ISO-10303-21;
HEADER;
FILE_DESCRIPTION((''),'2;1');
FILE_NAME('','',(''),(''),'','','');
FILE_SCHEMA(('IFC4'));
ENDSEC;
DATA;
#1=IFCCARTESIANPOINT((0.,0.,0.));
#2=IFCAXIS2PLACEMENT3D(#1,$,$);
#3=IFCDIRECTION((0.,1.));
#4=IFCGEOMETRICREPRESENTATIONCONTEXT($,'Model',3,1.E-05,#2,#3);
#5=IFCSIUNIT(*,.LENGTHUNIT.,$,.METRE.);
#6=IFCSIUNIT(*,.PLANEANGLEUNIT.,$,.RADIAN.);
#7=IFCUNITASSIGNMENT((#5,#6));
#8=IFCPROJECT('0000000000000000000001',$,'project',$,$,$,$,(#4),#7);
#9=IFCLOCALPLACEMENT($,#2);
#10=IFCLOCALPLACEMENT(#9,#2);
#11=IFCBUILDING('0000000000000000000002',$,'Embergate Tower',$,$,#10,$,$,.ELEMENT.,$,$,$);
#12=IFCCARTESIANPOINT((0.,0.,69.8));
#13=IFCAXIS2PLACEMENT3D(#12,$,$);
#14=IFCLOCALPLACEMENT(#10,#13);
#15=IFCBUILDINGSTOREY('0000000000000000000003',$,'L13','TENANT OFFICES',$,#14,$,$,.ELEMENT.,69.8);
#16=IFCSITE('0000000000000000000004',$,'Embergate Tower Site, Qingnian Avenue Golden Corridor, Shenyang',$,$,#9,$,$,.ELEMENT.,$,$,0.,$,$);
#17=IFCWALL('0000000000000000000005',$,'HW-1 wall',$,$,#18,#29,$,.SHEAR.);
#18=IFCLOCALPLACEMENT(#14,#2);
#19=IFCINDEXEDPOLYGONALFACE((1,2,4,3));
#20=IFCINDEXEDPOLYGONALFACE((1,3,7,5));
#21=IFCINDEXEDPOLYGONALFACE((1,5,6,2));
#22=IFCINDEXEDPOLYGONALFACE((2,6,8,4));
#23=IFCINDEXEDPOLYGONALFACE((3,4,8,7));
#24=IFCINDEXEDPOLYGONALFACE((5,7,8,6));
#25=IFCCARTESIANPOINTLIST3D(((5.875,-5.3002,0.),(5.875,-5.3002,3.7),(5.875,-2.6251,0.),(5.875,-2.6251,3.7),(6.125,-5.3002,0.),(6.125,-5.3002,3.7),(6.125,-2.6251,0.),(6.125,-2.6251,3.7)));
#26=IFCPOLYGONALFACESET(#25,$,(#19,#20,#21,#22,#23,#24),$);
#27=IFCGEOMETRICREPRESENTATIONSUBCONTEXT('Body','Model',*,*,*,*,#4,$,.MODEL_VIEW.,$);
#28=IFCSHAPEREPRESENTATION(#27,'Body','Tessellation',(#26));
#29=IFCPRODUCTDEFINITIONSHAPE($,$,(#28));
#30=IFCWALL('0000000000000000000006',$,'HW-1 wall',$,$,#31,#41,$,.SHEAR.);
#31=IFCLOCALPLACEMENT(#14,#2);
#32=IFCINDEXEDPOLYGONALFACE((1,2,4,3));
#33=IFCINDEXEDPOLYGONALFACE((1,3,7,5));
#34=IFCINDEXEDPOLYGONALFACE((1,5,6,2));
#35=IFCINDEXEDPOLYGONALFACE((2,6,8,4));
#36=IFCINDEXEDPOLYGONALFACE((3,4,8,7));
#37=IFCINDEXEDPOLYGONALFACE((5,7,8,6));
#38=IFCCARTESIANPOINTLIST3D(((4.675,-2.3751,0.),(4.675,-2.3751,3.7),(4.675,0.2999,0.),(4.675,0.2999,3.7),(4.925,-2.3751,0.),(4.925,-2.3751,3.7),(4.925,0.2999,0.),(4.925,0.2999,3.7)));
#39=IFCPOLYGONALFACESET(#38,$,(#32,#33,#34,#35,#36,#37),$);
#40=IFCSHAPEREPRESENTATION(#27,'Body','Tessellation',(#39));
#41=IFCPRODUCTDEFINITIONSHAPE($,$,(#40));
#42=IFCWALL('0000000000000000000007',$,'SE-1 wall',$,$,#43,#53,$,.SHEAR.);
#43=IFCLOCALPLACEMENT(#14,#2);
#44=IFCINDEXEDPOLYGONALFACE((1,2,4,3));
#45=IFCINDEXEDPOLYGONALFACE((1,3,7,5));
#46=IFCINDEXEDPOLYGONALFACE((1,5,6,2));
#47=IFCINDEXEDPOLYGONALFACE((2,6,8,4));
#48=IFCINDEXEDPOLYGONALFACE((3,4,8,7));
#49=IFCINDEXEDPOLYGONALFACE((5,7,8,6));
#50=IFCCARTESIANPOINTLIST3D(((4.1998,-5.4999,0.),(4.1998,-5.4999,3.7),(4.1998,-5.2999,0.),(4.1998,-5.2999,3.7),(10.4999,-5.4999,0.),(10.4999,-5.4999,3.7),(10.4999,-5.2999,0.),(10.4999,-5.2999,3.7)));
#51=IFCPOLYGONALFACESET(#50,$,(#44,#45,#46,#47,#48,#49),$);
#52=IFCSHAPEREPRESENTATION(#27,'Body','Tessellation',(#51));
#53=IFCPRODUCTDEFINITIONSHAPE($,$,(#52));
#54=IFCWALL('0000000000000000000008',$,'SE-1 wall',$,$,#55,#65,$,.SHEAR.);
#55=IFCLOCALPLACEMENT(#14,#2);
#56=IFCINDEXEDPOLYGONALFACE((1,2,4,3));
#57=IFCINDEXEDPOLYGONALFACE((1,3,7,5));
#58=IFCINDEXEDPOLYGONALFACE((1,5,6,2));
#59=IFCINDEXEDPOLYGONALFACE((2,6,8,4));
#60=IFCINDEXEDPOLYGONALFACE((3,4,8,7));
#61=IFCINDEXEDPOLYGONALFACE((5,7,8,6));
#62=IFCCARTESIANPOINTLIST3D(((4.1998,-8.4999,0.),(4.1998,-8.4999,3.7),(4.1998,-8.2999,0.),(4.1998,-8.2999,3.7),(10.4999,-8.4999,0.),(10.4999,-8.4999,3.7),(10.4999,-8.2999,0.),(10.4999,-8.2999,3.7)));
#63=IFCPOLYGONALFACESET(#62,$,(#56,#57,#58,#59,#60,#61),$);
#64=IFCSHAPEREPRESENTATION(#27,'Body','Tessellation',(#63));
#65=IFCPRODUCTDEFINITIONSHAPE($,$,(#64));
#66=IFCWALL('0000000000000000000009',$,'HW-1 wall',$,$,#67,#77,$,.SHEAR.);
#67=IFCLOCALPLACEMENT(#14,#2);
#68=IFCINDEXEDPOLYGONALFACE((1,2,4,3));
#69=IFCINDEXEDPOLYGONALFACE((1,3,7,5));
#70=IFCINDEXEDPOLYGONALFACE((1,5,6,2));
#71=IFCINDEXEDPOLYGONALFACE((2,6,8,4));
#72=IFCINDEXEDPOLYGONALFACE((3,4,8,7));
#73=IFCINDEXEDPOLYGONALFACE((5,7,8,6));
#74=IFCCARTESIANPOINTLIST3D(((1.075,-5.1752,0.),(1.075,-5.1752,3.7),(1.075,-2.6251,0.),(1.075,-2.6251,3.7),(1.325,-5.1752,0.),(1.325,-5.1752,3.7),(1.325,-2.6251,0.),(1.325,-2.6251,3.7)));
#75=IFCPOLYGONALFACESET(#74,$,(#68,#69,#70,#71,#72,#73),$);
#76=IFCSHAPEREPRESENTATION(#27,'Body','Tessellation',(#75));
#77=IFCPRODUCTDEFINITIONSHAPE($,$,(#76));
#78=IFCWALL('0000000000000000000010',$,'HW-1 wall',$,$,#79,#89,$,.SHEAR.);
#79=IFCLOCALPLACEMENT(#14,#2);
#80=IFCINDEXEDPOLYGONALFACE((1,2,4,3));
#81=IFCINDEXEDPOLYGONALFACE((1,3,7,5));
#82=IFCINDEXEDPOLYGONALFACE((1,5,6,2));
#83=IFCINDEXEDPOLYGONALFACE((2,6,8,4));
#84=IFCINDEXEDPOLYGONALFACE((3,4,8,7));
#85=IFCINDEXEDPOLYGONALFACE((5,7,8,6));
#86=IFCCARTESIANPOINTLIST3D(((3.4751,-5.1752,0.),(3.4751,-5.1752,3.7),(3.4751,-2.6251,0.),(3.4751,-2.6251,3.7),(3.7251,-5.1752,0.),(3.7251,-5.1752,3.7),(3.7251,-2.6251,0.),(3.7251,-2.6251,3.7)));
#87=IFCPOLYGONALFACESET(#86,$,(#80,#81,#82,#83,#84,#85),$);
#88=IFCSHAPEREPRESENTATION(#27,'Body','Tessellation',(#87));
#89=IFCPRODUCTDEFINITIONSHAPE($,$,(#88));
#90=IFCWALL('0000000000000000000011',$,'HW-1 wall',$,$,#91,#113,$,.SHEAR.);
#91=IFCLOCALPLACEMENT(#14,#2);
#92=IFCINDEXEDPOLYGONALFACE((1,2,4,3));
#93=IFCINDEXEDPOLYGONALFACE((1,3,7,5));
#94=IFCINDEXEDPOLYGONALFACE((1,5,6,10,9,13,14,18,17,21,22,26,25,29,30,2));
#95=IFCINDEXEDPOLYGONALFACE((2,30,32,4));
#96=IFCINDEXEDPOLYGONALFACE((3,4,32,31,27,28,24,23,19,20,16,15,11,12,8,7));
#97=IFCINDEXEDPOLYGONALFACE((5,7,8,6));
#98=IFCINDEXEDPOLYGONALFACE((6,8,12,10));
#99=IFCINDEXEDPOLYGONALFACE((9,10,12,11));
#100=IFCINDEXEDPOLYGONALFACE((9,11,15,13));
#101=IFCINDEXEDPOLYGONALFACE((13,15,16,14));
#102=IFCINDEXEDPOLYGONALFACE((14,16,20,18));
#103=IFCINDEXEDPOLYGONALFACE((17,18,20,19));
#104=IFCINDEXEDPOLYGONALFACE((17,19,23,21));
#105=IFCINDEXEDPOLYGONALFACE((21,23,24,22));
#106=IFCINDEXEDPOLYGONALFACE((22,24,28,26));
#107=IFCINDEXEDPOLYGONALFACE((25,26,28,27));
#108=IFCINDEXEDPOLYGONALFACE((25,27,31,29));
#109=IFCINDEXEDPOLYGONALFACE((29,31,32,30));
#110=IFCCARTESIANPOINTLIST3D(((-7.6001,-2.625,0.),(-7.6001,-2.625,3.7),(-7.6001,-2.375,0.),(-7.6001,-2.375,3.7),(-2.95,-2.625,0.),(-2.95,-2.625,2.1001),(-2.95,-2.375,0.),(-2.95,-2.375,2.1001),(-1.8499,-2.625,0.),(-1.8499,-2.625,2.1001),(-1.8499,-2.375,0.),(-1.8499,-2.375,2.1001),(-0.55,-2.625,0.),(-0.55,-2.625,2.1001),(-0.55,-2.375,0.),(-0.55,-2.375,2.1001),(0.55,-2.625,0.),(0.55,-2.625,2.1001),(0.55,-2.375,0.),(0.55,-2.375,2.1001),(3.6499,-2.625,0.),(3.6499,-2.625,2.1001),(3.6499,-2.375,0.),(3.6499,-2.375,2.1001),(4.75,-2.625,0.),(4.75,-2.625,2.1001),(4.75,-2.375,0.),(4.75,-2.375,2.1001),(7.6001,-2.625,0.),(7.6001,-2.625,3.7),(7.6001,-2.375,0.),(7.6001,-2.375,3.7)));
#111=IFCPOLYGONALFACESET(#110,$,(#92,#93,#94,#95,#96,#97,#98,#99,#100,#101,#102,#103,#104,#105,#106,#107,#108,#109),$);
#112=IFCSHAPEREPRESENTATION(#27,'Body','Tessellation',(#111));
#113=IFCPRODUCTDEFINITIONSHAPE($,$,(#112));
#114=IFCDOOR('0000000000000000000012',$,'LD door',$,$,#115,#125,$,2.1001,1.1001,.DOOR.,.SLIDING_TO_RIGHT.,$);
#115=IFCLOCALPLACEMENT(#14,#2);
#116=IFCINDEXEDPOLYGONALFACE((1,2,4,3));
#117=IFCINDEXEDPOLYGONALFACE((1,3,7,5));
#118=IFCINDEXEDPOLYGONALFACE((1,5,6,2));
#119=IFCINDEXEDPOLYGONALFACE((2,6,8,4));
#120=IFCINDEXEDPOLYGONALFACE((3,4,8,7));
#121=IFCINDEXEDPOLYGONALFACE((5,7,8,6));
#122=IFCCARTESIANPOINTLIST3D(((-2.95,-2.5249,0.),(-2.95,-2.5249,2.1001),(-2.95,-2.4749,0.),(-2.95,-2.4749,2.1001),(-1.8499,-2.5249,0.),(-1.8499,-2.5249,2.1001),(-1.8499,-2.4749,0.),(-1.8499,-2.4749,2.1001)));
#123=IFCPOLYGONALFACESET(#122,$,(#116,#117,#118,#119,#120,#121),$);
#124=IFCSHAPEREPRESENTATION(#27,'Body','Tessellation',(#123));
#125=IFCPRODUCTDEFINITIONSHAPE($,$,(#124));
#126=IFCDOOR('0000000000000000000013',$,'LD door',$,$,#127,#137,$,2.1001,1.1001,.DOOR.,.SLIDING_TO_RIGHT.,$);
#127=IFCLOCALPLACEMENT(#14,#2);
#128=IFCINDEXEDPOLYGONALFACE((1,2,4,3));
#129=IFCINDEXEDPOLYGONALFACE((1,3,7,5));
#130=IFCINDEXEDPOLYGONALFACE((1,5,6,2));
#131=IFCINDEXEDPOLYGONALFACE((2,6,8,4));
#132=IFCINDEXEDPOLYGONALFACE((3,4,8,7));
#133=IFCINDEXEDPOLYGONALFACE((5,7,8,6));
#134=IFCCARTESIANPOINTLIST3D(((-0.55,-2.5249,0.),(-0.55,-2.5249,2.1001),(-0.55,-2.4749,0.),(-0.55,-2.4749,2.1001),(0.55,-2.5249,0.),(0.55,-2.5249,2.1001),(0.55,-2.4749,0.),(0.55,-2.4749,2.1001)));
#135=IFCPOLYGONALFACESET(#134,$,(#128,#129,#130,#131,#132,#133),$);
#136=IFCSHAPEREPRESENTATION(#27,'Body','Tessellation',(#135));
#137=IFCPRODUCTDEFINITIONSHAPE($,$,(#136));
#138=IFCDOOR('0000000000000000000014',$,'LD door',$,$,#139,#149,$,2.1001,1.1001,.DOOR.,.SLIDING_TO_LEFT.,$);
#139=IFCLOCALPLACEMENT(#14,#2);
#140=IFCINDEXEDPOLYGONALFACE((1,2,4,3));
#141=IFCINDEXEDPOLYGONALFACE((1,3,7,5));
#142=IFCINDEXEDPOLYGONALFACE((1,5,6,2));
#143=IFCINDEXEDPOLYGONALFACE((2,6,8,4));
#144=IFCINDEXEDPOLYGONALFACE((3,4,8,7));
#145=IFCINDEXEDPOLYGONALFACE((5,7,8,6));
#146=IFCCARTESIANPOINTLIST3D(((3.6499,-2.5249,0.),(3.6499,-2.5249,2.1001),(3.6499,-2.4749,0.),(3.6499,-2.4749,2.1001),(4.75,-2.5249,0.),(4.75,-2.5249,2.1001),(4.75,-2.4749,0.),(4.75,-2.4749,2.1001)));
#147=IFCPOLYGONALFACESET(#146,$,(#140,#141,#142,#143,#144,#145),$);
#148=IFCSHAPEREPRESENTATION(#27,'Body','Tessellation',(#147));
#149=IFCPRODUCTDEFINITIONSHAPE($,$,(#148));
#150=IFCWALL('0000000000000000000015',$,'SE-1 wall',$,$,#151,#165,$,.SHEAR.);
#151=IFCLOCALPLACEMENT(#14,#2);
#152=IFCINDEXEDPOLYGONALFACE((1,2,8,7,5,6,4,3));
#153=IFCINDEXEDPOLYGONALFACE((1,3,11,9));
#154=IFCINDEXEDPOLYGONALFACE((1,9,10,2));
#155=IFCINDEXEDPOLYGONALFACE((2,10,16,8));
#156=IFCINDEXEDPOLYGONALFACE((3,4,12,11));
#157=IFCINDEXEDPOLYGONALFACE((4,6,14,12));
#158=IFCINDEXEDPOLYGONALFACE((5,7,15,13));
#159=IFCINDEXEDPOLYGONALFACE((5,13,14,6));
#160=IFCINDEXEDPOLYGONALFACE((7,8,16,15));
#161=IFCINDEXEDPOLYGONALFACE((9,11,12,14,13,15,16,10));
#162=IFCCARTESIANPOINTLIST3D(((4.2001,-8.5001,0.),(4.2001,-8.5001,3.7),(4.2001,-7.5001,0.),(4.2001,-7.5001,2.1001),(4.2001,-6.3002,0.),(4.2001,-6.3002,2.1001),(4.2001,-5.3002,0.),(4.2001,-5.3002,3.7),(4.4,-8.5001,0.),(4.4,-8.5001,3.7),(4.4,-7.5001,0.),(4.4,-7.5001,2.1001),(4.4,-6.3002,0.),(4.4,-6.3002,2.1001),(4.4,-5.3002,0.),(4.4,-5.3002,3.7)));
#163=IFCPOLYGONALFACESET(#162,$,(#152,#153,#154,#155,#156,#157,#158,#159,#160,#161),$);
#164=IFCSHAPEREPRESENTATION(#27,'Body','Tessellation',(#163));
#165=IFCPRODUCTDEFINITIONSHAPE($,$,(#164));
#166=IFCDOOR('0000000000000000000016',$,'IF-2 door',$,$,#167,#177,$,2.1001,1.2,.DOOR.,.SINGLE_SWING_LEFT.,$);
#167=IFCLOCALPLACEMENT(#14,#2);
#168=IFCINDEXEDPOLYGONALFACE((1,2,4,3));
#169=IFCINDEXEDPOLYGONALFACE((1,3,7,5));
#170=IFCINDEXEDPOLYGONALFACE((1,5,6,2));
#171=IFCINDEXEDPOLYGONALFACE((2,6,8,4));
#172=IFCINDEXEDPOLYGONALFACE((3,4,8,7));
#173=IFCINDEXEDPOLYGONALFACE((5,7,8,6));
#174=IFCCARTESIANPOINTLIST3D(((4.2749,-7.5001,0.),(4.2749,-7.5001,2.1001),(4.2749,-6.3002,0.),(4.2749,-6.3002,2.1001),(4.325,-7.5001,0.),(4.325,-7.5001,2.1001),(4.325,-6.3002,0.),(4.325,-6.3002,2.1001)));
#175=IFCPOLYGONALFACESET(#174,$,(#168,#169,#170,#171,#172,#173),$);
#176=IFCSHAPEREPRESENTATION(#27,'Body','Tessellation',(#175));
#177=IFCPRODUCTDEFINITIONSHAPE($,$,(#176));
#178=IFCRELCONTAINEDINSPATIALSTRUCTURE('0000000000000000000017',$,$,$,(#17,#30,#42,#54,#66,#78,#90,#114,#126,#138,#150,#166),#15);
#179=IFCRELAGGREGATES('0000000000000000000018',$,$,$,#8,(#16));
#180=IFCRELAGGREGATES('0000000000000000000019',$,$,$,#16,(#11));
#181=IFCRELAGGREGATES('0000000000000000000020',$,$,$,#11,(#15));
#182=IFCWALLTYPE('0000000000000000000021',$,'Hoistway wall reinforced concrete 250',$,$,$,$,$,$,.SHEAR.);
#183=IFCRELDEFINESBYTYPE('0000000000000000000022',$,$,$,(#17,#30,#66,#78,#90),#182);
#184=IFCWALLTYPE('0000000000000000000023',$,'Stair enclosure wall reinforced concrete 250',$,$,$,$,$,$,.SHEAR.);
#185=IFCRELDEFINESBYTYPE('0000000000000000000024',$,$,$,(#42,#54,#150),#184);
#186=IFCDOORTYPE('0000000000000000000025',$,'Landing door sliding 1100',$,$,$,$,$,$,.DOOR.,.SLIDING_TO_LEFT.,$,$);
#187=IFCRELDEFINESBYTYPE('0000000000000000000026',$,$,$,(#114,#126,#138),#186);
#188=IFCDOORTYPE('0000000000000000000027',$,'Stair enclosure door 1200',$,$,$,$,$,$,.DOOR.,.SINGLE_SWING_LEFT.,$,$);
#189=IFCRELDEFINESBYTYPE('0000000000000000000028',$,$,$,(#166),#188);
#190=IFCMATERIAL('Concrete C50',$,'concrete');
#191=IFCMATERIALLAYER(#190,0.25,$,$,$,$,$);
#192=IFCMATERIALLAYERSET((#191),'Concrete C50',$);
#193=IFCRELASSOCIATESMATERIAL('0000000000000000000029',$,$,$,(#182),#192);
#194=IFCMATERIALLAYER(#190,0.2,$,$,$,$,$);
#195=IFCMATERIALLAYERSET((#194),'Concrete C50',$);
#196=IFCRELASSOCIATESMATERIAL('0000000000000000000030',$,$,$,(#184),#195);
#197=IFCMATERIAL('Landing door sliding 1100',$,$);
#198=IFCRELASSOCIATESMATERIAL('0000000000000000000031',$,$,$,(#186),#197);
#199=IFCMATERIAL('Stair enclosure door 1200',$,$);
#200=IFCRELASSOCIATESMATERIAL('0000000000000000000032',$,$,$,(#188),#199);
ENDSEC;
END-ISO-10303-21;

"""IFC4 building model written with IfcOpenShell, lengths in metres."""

from ifc_helpers import new_model, si_unit, direction, frame, frame_2d, origin, place, context, subcontext, project, spatial, rectangle, extrude, source, transform, mapped, material, layer, layer_set, type_object, element, fill, save


model = new_model("IFC4")

# Units and contexts
model_context = context("Model", 3, precision=1e-05, world=origin(), true_north=direction((0.0, 1.0)))
body_context = subcontext(model_context, "Body", "Model", "MODEL_VIEW")
ifc_project = project(units=[si_unit("LENGTHUNIT", "METRE"), si_unit("PLANEANGLEUNIT", "RADIAN")], contexts=[model_context])

# Site, building, storey
site_placement = place(None, origin())
site = spatial("IfcSite", under=ifc_project, at=site_placement, Name="Embergate Tower Site, Qingnian Avenue Golden Corridor, Shenyang", CompositionType="ELEMENT", RefElevation=0.0)
building_placement = place(site_placement, origin())
building = spatial("IfcBuilding", under=site, at=building_placement, Name="Embergate Tower", CompositionType="ELEMENT")
storey_placement = place(building_placement, frame((0.0, 0.0, 69.8)))
storey = spatial("IfcBuildingStorey", under=building, at=storey_placement, Name="L13", Description="TENANT OFFICES", CompositionType="ELEMENT", Elevation=69.8)

# Walls
ifc_material_1 = material(Name="Concrete C50", Category="concrete")
ifc_layer_1 = layer(ifc_material_1, 0.25)
ifc_layer_set_1 = layer_set([ifc_layer_1], Name="Concrete C50")
wall_type_1 = type_object("IfcWallType", Name="Hoistway wall reinforced concrete 250", PredefinedType="SHEAR", material=ifc_layer_set_1)
shared_shape_1 = source(origin(), body_context, "Body", "SweptSolid", [
    extrude(rectangle(XDim=2.675, YDim=0.25, at=frame_2d((1.3374, 0.0))), origin(), (0.0, 0.0, 1.0), 3.7),
])
for number, where, z_axis, x_axis, name in (
    (1, (6.0, -5.3, 0.0), (0.0, 0.0, 1.0), (0.0, 1.0, 0.0), "HW-1 wall"),
    (2, (4.8, -2.375, 0.0), (0.0, 0.0, 1.0), (0.0, 1.0, 0.0), "HW-1 wall"),
):
    element("IfcWall", number, at=place(storey_placement, frame(where, z_axis=z_axis, x_axis=x_axis)), inside=storey, type_object=wall_type_1, Name=name, PredefinedType="SHEAR", context=body_context, shape_type="MappedRepresentation", body=[
        mapped(shared_shape_1, transform((0.0, 0.0, 0.0))),
    ])
ifc_layer_2 = layer(ifc_material_1, 0.2)
ifc_layer_set_2 = layer_set([ifc_layer_2], Name="Concrete C50")
wall_type_2 = type_object("IfcWallType", Name="Stair enclosure wall reinforced concrete 250", PredefinedType="SHEAR", material=ifc_layer_set_2)
shared_shape_2 = source(origin(), body_context, "Body", "SweptSolid", [
    extrude(rectangle(XDim=6.3, YDim=0.2, at=frame_2d((3.1499, 0.0))), origin(), (0.0, 0.0, 1.0), 3.7),
])
for number, where, z_axis, x_axis, name in (
    (3, (4.2, -5.3999, 0.0), (0.0, 0.0, 1.0), (1.0, 0.0, 0.0), "SE-1 wall"),
    (4, (4.2, -8.3999, 0.0), (0.0, 0.0, 1.0), (1.0, 0.0, 0.0), "SE-1 wall"),
):
    element("IfcWall", number, at=place(storey_placement, frame(where, z_axis=z_axis, x_axis=x_axis)), inside=storey, type_object=wall_type_2, Name=name, PredefinedType="SHEAR", context=body_context, shape_type="MappedRepresentation", body=[
        mapped(shared_shape_2, transform((0.0, 0.0, 0.0))),
    ])
shared_shape_3 = source(origin(), body_context, "Body", "SweptSolid", [
    extrude(rectangle(XDim=2.55, YDim=0.25, at=frame_2d((1.2749, 0.0))), origin(), (0.0, 0.0, 1.0), 3.7),
])
for number, where, z_axis, x_axis, name in (
    (5, (1.2, -5.175, 0.0), (0.0, 0.0, 1.0), (0.0, 1.0, 0.0), "HW-1 wall"),
    (6, (3.6001, -5.175, 0.0), (0.0, 0.0, 1.0), (0.0, 1.0, 0.0), "HW-1 wall"),
):
    element("IfcWall", number, at=place(storey_placement, frame(where, z_axis=z_axis, x_axis=x_axis)), inside=storey, type_object=wall_type_1, Name=name, PredefinedType="SHEAR", context=body_context, shape_type="MappedRepresentation", body=[
        mapped(shared_shape_3, transform((0.0, 0.0, 0.0))),
    ])

# Wall, openings, doors
shared_shape_4 = source(origin(), body_context, "Body", "SweptSolid", [
    extrude(rectangle(XDim=15.2002, YDim=0.25, at=frame_2d((7.6001, 0.0))), origin(), (0.0, 0.0, 1.0), 3.7),
])
wall_1_placement = place(storey_placement, frame((7.6001, -2.5, 0.0), z_axis=(0.0, 0.0, 1.0), x_axis=(-1.0, 0.0, 0.0)))
wall_1 = element("IfcWall", 7, at=wall_1_placement, inside=storey, type_object=wall_type_1, Name="HW-1 wall", PredefinedType="SHEAR", context=body_context, shape_type="MappedRepresentation", body=[
    mapped(shared_shape_4, transform((0.0, 0.0, 0.0))),
])
shared_shape_5 = source(origin(), body_context, "Body", "SweptSolid", [
    extrude(rectangle(XDim=1.1001, YDim=2.1001, at=frame_2d((0.55, 1.05))), frame((0.0, 0.135, 0.0), z_axis=(0.0, -1.0, 0.0), x_axis=(1.0, 0.0, 0.0)), (0.0, 0.0, 1.0), 0.27),
])
opening_1_placement = place(wall_1_placement, frame((9.45, 0.0, 0.0)))
opening_1 = element("IfcOpeningElement", 8, at=opening_1_placement, cuts=wall_1, PredefinedType="OPENING", context=body_context, shape_type="MappedRepresentation", body=[
    mapped(shared_shape_5, transform((0.0, 0.0, 0.0))),
])
opening_2_placement = place(wall_1_placement, frame((7.05, 0.0, 0.0)))
opening_2 = element("IfcOpeningElement", 9, at=opening_2_placement, cuts=wall_1, PredefinedType="OPENING", context=body_context, shape_type="MappedRepresentation", body=[
    mapped(shared_shape_5, transform((0.0, 0.0, 0.0))),
])
opening_3_placement = place(wall_1_placement, frame((2.8501, 0.0, 0.0)))
opening_3 = element("IfcOpeningElement", 10, at=opening_3_placement, cuts=wall_1, PredefinedType="OPENING", context=body_context, shape_type="MappedRepresentation", body=[
    mapped(shared_shape_5, transform((0.0, 0.0, 0.0))),
])
ifc_material_2 = material(Name="Landing door sliding 1100")
door_type_1 = type_object("IfcDoorType", Name="Landing door sliding 1100", OperationType="SLIDING_TO_LEFT", PredefinedType="DOOR", material=ifc_material_2)
shared_shape_6 = source(origin(), body_context, "Body", "SweptSolid", [
    extrude(rectangle(XDim=1.1001, YDim=2.1001, at=frame_2d((0.55, 1.05))), frame((0.0, 0.0249, 0.0), z_axis=(0.0, -1.0, 0.0), x_axis=(1.0, 0.0, 0.0)), (0.0, 0.0, 1.0), 0.05),
])
door_1_placement = place(opening_1_placement, origin())
door_1 = element("IfcDoor", 11, at=door_1_placement, inside=storey, type_object=door_type_1, Name="LD door", OperationType="SLIDING_TO_RIGHT", OverallHeight=2.1001, OverallWidth=1.1001, PredefinedType="DOOR", context=body_context, shape_type="MappedRepresentation", body=[
    mapped(shared_shape_6, transform((0.0, 0.0, 0.0))),
])
fill(opening_1, door_1)
door_2_placement = place(opening_2_placement, origin())
door_2 = element("IfcDoor", 12, at=door_2_placement, inside=storey, type_object=door_type_1, Name="LD door", OperationType="SLIDING_TO_RIGHT", OverallHeight=2.1001, OverallWidth=1.1001, PredefinedType="DOOR", context=body_context, shape_type="MappedRepresentation", body=[
    mapped(shared_shape_6, transform((0.0, 0.0, 0.0))),
])
fill(opening_2, door_2)
door_3_placement = place(opening_3_placement, origin())
door_3 = element("IfcDoor", 13, at=door_3_placement, inside=storey, type_object=door_type_1, Name="LD door", OperationType="SLIDING_TO_LEFT", OverallHeight=2.1001, OverallWidth=1.1001, PredefinedType="DOOR", context=body_context, shape_type="MappedRepresentation", body=[
    mapped(shared_shape_6, transform((0.0, 0.0, 0.0))),
])
fill(opening_3, door_3)

# Wall, opening, door
shared_shape_7 = source(origin(), body_context, "Body", "SweptSolid", [
    extrude(rectangle(XDim=3.2, YDim=0.2, at=frame_2d((1.6001, 0.0))), origin(), (0.0, 0.0, 1.0), 3.7),
])
wall_2_placement = place(storey_placement, frame((4.3, -5.3, 0.0), z_axis=(0.0, 0.0, 1.0), x_axis=(0.0, -1.0, 0.0)))
wall_2 = element("IfcWall", 14, at=wall_2_placement, inside=storey, type_object=wall_type_2, Name="SE-1 wall", PredefinedType="SHEAR", context=body_context, shape_type="MappedRepresentation", body=[
    mapped(shared_shape_7, transform((0.0, 0.0, 0.0))),
])
shared_shape_8 = source(origin(), body_context, "Body", "SweptSolid", [
    extrude(rectangle(XDim=1.2, YDim=2.1001, at=frame_2d((0.6001, 1.05))), frame((0.0, 0.1099, 0.0), z_axis=(0.0, -1.0, 0.0), x_axis=(1.0, 0.0, 0.0)), (0.0, 0.0, 1.0), 0.22),
])
opening_4_placement = place(wall_2_placement, frame((1.0, 0.0, 0.0)))
opening_4 = element("IfcOpeningElement", 15, at=opening_4_placement, cuts=wall_2, PredefinedType="OPENING", context=body_context, shape_type="MappedRepresentation", body=[
    mapped(shared_shape_8, transform((0.0, 0.0, 0.0))),
])
ifc_material_3 = material(Name="Stair enclosure door 1200")
door_type_2 = type_object("IfcDoorType", Name="Stair enclosure door 1200", OperationType="SINGLE_SWING_LEFT", PredefinedType="DOOR", material=ifc_material_3)
shared_shape_9 = source(origin(), body_context, "Body", "SweptSolid", [
    extrude(rectangle(XDim=1.2, YDim=2.1001, at=frame_2d((0.6001, 1.05))), frame((0.0, 0.0249, 0.0), z_axis=(0.0, -1.0, 0.0), x_axis=(1.0, 0.0, 0.0)), (0.0, 0.0, 1.0), 0.05),
])
door_4_placement = place(opening_4_placement, origin())
door_4 = element("IfcDoor", 16, at=door_4_placement, inside=storey, type_object=door_type_2, Name="IF-2 door", OperationType="SINGLE_SWING_LEFT", OverallHeight=2.1001, OverallWidth=1.2, PredefinedType="DOOR", context=body_context, shape_type="MappedRepresentation", body=[
    mapped(shared_shape_9, transform((0.0, 0.0, 0.0))),
])
fill(opening_4, door_4)

save(model, "model.ifc")
